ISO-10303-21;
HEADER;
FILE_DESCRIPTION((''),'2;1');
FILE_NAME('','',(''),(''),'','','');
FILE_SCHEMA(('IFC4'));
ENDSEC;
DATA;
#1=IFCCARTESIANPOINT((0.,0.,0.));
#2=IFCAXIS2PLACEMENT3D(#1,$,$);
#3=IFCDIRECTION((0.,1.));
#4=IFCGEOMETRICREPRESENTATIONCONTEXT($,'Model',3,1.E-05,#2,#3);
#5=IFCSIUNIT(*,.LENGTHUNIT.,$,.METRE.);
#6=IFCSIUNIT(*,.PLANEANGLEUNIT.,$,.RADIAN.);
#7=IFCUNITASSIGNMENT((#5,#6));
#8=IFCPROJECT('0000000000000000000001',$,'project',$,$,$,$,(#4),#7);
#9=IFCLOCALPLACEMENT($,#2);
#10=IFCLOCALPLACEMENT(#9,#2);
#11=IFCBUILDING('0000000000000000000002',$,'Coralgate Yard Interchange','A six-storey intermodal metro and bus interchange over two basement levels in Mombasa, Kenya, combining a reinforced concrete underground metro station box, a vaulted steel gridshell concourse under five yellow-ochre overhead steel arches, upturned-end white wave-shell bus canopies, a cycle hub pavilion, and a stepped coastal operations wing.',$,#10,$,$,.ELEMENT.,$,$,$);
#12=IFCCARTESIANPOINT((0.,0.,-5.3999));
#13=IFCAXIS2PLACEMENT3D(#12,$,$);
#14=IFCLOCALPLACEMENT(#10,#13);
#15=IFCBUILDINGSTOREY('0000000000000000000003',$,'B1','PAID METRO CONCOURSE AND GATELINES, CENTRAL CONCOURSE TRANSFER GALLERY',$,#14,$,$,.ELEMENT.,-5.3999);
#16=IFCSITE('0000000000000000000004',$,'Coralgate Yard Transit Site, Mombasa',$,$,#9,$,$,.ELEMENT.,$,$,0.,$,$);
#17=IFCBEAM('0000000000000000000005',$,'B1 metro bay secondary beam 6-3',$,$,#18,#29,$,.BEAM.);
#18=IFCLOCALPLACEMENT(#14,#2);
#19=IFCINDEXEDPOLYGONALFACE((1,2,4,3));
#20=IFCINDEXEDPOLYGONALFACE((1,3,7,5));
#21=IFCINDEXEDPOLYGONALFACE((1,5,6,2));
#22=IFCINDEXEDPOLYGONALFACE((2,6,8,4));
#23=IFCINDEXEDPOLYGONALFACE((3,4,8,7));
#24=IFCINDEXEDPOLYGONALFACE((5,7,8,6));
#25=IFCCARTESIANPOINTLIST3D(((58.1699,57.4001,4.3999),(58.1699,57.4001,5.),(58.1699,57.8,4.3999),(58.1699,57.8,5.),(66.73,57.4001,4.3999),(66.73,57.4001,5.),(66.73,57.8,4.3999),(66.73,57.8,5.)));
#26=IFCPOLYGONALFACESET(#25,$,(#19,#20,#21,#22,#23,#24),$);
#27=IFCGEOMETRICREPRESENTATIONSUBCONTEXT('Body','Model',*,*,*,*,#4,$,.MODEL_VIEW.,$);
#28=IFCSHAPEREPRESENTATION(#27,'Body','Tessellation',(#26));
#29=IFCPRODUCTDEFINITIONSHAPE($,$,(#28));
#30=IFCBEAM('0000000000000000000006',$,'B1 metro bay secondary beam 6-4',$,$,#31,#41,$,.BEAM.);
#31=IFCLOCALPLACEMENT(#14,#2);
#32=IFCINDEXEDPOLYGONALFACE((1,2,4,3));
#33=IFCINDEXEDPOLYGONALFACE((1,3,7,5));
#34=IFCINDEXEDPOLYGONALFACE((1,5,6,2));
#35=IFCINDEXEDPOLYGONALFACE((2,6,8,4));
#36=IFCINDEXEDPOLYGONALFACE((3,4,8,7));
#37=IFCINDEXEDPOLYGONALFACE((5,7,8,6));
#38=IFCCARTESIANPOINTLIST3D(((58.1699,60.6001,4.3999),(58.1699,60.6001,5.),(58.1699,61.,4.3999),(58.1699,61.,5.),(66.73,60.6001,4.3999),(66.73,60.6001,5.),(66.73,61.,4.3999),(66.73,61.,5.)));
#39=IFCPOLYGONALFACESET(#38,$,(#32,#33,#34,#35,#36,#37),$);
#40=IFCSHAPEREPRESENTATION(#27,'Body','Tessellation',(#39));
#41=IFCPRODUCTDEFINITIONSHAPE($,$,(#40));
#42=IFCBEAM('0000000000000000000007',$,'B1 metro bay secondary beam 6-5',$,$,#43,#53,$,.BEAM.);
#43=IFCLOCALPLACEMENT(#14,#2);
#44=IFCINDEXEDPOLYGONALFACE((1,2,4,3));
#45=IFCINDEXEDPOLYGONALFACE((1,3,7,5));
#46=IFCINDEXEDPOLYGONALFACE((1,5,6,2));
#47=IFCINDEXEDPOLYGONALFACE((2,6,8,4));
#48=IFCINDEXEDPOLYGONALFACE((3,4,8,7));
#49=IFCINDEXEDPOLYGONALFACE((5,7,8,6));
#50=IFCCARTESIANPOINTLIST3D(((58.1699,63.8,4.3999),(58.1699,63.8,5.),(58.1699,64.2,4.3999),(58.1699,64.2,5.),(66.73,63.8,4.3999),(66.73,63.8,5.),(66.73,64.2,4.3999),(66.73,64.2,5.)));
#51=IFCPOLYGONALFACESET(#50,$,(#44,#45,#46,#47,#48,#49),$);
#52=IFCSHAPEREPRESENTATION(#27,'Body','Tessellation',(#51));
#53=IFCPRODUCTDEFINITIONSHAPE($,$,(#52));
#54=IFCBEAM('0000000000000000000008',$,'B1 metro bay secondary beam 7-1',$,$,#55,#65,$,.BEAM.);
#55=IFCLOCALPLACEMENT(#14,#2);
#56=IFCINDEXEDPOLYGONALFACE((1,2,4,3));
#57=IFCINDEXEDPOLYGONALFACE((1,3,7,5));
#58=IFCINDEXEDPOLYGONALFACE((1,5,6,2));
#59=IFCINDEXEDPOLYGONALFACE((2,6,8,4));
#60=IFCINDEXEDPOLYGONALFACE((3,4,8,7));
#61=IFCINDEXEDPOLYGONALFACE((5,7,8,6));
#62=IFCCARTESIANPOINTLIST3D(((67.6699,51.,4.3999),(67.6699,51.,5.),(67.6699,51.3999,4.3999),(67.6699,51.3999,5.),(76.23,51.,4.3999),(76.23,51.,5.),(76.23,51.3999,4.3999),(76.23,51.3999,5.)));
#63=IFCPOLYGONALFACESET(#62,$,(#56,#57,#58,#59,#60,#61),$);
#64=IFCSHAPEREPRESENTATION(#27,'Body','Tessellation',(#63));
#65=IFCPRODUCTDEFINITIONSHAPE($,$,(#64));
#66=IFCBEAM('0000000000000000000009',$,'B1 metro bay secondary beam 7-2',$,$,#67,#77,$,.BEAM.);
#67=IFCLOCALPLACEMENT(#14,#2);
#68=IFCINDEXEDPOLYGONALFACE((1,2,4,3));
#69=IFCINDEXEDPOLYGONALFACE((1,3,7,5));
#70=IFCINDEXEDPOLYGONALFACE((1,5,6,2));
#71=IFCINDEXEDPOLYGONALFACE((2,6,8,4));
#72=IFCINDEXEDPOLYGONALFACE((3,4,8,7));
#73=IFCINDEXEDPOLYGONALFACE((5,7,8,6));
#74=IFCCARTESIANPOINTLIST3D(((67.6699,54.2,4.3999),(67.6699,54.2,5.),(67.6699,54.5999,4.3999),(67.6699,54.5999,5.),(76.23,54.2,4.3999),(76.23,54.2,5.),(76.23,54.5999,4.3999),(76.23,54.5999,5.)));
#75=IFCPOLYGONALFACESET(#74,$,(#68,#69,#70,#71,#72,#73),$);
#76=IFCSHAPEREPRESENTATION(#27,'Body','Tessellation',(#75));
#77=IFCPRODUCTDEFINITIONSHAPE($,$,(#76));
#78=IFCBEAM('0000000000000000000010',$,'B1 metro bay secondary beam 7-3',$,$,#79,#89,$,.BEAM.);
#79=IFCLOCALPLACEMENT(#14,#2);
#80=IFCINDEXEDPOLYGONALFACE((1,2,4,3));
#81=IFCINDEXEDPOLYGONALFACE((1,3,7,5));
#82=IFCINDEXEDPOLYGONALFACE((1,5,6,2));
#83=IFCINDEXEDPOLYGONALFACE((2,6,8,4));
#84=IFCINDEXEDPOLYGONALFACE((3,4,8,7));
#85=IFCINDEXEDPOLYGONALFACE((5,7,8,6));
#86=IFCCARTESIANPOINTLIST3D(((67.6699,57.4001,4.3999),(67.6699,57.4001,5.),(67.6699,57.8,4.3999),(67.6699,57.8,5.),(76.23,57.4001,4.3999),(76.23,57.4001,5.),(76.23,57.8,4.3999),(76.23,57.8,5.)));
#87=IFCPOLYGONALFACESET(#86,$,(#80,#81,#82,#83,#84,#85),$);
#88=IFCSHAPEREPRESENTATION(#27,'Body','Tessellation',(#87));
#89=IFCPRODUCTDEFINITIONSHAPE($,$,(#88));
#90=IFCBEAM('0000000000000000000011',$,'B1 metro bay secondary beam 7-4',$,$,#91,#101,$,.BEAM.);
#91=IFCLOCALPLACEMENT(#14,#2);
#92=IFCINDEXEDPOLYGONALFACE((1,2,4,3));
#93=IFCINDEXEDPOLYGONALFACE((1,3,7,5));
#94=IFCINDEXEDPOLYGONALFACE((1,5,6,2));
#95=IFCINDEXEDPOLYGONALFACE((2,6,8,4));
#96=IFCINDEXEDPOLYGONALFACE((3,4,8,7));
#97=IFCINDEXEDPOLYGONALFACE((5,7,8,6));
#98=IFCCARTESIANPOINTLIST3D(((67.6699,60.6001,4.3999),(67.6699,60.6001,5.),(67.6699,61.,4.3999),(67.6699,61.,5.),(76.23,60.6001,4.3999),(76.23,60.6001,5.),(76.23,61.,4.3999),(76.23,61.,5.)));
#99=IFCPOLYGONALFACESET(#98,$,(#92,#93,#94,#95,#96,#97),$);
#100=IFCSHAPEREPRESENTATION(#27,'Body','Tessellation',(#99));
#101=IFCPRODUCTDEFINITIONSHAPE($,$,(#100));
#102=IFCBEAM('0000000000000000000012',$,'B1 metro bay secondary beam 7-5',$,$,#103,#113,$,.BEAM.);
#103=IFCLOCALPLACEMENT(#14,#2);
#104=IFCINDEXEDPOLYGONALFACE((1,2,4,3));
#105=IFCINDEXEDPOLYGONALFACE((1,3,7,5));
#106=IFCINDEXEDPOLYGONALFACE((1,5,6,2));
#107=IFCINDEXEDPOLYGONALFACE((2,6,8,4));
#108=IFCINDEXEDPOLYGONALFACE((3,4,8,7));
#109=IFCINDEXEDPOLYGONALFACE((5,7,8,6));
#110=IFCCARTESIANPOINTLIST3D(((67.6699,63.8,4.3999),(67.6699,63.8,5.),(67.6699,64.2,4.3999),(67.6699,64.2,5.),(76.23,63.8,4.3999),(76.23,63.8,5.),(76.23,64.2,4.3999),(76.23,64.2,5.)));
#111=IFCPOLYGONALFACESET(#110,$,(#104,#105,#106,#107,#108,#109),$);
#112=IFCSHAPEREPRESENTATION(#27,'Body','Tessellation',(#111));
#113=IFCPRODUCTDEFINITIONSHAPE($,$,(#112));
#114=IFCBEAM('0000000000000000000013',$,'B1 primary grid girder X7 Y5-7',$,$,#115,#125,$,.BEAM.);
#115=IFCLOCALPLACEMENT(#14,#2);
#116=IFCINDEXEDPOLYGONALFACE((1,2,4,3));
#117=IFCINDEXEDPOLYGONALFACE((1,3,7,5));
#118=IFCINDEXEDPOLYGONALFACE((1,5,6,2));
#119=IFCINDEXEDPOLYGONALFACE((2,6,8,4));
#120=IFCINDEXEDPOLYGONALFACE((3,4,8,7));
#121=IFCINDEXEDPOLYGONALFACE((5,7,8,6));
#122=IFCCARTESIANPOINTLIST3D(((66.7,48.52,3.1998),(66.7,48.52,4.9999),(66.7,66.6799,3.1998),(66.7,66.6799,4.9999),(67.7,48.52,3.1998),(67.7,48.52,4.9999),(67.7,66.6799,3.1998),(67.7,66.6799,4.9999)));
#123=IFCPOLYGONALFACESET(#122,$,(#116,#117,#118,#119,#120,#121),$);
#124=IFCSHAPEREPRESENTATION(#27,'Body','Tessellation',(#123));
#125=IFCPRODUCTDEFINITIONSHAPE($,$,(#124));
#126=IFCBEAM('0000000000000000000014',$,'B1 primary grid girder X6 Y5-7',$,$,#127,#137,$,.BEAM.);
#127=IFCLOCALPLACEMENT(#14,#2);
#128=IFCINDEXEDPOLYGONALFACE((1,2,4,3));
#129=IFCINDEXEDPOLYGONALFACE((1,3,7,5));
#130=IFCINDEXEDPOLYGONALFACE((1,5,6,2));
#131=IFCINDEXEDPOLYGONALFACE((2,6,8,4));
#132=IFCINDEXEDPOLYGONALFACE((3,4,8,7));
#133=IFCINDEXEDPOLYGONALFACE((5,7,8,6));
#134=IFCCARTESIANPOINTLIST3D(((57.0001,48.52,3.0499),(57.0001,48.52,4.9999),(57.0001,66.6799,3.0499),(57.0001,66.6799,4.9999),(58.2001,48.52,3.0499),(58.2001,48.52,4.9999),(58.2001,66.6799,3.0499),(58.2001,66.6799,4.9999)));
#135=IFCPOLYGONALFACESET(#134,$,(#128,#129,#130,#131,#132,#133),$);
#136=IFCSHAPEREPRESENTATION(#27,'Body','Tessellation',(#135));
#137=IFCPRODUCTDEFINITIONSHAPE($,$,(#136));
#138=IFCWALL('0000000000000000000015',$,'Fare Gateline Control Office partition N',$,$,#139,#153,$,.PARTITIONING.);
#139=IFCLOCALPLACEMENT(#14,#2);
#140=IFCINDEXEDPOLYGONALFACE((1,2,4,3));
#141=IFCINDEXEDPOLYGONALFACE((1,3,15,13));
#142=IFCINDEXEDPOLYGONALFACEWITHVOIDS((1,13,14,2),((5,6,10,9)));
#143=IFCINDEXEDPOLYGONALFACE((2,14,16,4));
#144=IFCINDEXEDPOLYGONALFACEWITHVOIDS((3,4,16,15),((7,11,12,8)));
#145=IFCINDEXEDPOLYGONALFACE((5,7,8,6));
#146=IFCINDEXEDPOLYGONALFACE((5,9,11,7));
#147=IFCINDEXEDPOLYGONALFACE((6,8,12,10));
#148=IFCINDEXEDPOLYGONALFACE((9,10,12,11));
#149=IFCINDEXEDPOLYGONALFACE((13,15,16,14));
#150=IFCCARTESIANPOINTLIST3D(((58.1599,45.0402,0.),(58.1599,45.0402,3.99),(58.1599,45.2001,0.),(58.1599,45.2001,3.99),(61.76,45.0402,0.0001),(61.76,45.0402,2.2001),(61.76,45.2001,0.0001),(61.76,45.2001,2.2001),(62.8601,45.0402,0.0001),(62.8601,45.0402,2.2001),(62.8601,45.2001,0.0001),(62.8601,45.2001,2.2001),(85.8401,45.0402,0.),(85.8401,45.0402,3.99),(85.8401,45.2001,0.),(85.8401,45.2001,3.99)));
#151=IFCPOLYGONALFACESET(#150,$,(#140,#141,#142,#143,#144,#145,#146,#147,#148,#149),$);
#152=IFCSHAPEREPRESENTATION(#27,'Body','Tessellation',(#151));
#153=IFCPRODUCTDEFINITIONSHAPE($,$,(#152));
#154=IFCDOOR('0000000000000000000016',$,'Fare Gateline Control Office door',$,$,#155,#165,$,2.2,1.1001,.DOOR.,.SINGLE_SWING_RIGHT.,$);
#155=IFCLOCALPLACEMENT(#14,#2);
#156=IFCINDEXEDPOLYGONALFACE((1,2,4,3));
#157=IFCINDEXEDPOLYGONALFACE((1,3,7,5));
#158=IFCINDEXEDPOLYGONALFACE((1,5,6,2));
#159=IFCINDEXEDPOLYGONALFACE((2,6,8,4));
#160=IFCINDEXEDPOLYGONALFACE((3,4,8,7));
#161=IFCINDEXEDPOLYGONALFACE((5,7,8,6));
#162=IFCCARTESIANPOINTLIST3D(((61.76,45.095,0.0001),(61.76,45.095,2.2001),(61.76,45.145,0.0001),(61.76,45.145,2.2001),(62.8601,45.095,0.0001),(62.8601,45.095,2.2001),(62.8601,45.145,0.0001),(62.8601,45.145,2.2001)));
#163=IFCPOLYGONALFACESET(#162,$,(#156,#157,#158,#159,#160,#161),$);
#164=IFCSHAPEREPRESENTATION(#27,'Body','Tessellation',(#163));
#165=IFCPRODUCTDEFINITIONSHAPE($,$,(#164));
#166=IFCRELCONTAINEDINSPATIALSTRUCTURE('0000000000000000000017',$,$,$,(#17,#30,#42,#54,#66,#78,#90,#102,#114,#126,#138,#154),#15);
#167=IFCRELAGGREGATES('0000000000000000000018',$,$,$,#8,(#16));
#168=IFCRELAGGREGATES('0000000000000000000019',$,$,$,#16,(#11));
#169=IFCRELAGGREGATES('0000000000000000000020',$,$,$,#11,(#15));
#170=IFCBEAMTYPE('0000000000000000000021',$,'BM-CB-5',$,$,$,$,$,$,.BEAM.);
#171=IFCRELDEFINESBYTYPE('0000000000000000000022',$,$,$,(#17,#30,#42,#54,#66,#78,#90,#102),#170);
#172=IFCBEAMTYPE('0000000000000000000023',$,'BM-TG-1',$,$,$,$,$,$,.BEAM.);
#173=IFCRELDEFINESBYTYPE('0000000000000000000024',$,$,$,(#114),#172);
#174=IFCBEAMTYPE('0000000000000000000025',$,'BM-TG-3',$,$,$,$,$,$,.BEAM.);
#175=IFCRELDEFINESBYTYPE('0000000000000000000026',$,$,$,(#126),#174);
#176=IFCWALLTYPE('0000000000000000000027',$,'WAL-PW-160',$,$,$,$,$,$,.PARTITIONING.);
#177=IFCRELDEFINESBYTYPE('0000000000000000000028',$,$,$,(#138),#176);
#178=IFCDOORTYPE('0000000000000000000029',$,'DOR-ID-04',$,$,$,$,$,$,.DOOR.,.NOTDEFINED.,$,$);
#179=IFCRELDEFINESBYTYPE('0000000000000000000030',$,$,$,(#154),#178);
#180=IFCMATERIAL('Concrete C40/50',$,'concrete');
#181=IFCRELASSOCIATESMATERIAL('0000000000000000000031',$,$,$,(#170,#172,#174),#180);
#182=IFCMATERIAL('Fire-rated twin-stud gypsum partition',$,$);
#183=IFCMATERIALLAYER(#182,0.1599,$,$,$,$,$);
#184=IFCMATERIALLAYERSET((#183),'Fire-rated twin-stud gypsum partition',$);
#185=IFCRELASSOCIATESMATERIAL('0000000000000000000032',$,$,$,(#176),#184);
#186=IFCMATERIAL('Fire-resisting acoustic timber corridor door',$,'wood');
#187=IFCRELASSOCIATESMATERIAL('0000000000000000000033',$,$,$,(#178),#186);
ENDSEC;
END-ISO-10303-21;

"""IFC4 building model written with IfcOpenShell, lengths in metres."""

from ifc_helpers import new_model, si_unit, direction, frame, frame_2d, origin, origin_2d, place, context, subcontext, project, spatial, rectangle, extrude, material, layer, layer_set, material_profile, profile_set, type_object, element, fill, save


model = new_model("IFC4")

# Units and contexts
model_context = context("Model", 3, precision=1e-05, world=origin(), true_north=direction((0.0, 1.0)))
body_context = subcontext(model_context, "Body", "Model", "MODEL_VIEW")
ifc_project = project(units=[si_unit("LENGTHUNIT", "METRE"), si_unit("PLANEANGLEUNIT", "RADIAN")], contexts=[model_context])

# Site, building, storey
site_placement = place(None, origin())
site = spatial("IfcSite", under=ifc_project, at=site_placement, Name="Coralgate Yard Transit Site, Mombasa", CompositionType="ELEMENT", RefElevation=0.0)
building_placement = place(site_placement, origin())
building = spatial("IfcBuilding", under=site, at=building_placement, Name="Coralgate Yard Interchange", Description="A six-storey intermodal metro and bus interchange over two basement levels in Mombasa, Kenya, combining a reinforced concrete underground metro station box, a vaulted steel gridshell concourse under five yellow-ochre overhead steel arches, upturned-end white wave-shell bus canopies, a cycle hub pavilion, and a stepped coastal operations wing.", CompositionType="ELEMENT")
storey_placement = place(building_placement, frame((0.0, 0.0, -5.3999)))
storey = spatial("IfcBuildingStorey", under=building, at=storey_placement, Name="B1", Description="PAID METRO CONCOURSE AND GATELINES, CENTRAL CONCOURSE TRANSFER GALLERY", CompositionType="ELEMENT", Elevation=-5.3999)

# Shared definitions
ifc_material_1 = material(Name="Concrete C40/50", Category="concrete")

# Beams
ifc_material_profile_1 = material_profile(ifc_material_1, rectangle(XDim=0.3999, YDim=0.6001, at=origin_2d()), Name="RC 400x600")
ifc_profile_set_1 = profile_set([ifc_material_profile_1], Name="Concrete C40/50")
beam_type_1 = type_object("IfcBeamType", Name="BM-CB-5", PredefinedType="BEAM", material=ifc_profile_set_1)
for number, where, z_axis, x_axis, name in (
    (1, (58.1699, 57.6001, 4.7), (1.0, 0.0, 0.0), (0.0, 1.0, 0.0), "B1 metro bay secondary beam 6-3"),
    (2, (58.1699, 60.8, 4.7), (1.0, 0.0, 0.0), (0.0, 1.0, 0.0), "B1 metro bay secondary beam 6-4"),
    (3, (58.1699, 64.0, 4.7), (1.0, 0.0, 0.0), (0.0, 1.0, 0.0), "B1 metro bay secondary beam 6-5"),
    (4, (67.6699, 51.2, 4.7), (1.0, 0.0, 0.0), (0.0, 1.0, 0.0), "B1 metro bay secondary beam 7-1"),
    (5, (67.6699, 54.3999, 4.7), (1.0, 0.0, 0.0), (0.0, 1.0, 0.0), "B1 metro bay secondary beam 7-2"),
    (6, (67.6699, 57.6001, 4.7), (1.0, 0.0, 0.0), (0.0, 1.0, 0.0), "B1 metro bay secondary beam 7-3"),
    (7, (67.6699, 60.8, 4.7), (1.0, 0.0, 0.0), (0.0, 1.0, 0.0), "B1 metro bay secondary beam 7-4"),
    (8, (67.6699, 64.0, 4.7), (1.0, 0.0, 0.0), (0.0, 1.0, 0.0), "B1 metro bay secondary beam 7-5"),
):
    element("IfcBeam", number, at=place(storey_placement, frame(where, z_axis=z_axis, x_axis=x_axis)), inside=storey, type_object=beam_type_1, Name=name, PredefinedType="BEAM", context=body_context, shape_type="SweptSolid", body=[
        extrude(rectangle(XDim=0.3999, YDim=0.6001, at=origin_2d()), origin(), (0.0, 0.0, 1.0), 8.5601),
    ])
ifc_material_profile_2 = material_profile(ifc_material_1, rectangle(XDim=1.0, YDim=1.8, at=origin_2d()), Name="RC 1000x1800")
ifc_profile_set_2 = profile_set([ifc_material_profile_2], Name="Concrete C40/50")
beam_type_2 = type_object("IfcBeamType", Name="BM-TG-1", PredefinedType="BEAM", material=ifc_profile_set_2)
beam_1_placement = place(storey_placement, frame((67.2, 48.52, 4.0999), z_axis=(0.0, 1.0, 0.0), x_axis=(-1.0, 0.0, 0.0)))
element("IfcBeam", 9, at=beam_1_placement, inside=storey, type_object=beam_type_2, Name="B1 primary grid girder X7 Y5-7", PredefinedType="BEAM", context=body_context, shape_type="SweptSolid", body=[
    extrude(rectangle(XDim=1.0, YDim=1.8, at=origin_2d()), origin(), (0.0, 0.0, 1.0), 18.1599),
])
ifc_material_profile_3 = material_profile(ifc_material_1, rectangle(XDim=1.2, YDim=1.95, at=origin_2d()), Name="RC 1200x1950")
ifc_profile_set_3 = profile_set([ifc_material_profile_3], Name="Concrete C40/50")
beam_type_3 = type_object("IfcBeamType", Name="BM-TG-3", PredefinedType="BEAM", material=ifc_profile_set_3)
beam_2_placement = place(storey_placement, frame((57.6001, 48.52, 4.0249), z_axis=(0.0, 1.0, 0.0), x_axis=(-1.0, 0.0, 0.0)))
element("IfcBeam", 10, at=beam_2_placement, inside=storey, type_object=beam_type_3, Name="B1 primary grid girder X6 Y5-7", PredefinedType="BEAM", context=body_context, shape_type="SweptSolid", body=[
    extrude(rectangle(XDim=1.2, YDim=1.95, at=origin_2d()), origin(), (0.0, 0.0, 1.0), 18.1599),
])

# Wall, opening, door
ifc_material_2 = material(Name="Fire-rated twin-stud gypsum partition")
ifc_layer = layer(ifc_material_2, 0.1599)
ifc_layer_set = layer_set([ifc_layer], Name="Fire-rated twin-stud gypsum partition")
wall_type = type_object("IfcWallType", Name="WAL-PW-160", PredefinedType="PARTITIONING", material=ifc_layer_set)
wall_placement = place(storey_placement, frame((58.1599, 45.1201, 0.0), z_axis=(0.0, 0.0, 1.0), x_axis=(1.0, 0.0, 0.0)))
wall = element("IfcWall", 11, at=wall_placement, inside=storey, type_object=wall_type, Name="Fare Gateline Control Office partition N", PredefinedType="PARTITIONING", context=body_context, shape_type="SweptSolid", body=[
    extrude(rectangle(XDim=27.6802, YDim=0.1599, at=frame_2d((13.8401, 0.0))), origin(), (0.0, 0.0, 1.0), 3.99),
])
opening_placement = place(wall_placement, frame((3.6001, 0.0, 0.0)))
opening = element("IfcOpeningElement", 12, at=opening_placement, cuts=wall, PredefinedType="OPENING", context=body_context, shape_type="SweptSolid", body=[
    extrude(rectangle(XDim=1.1001, YDim=2.2, at=frame_2d((0.55, 1.1001))), frame((0.0, 0.0898, 0.0), z_axis=(0.0, -1.0, 0.0), x_axis=(1.0, 0.0, 0.0)), (0.0, 0.0, 1.0), 0.1799),
])
ifc_material_3 = material(Name="Fire-resisting acoustic timber corridor door", Category="wood")
door_type = type_object("IfcDoorType", Name="DOR-ID-04", OperationType="NOTDEFINED", PredefinedType="DOOR", material=ifc_material_3)
door_placement = place(opening_placement, origin())
door = element("IfcDoor", 13, at=door_placement, inside=storey, type_object=door_type, Name="Fare Gateline Control Office door", OperationType="SINGLE_SWING_RIGHT", OverallHeight=2.2, OverallWidth=1.1001, PredefinedType="DOOR", context=body_context, shape_type="SweptSolid", body=[
    extrude(rectangle(XDim=1.1001, YDim=2.2, at=frame_2d((0.55, 1.1001))), frame((0.0, 0.0249, 0.0), z_axis=(0.0, -1.0, 0.0), x_axis=(1.0, 0.0, 0.0)), (0.0, 0.0, 1.0), 0.05),
])
fill(opening, door)

save(model, "model.ifc")
